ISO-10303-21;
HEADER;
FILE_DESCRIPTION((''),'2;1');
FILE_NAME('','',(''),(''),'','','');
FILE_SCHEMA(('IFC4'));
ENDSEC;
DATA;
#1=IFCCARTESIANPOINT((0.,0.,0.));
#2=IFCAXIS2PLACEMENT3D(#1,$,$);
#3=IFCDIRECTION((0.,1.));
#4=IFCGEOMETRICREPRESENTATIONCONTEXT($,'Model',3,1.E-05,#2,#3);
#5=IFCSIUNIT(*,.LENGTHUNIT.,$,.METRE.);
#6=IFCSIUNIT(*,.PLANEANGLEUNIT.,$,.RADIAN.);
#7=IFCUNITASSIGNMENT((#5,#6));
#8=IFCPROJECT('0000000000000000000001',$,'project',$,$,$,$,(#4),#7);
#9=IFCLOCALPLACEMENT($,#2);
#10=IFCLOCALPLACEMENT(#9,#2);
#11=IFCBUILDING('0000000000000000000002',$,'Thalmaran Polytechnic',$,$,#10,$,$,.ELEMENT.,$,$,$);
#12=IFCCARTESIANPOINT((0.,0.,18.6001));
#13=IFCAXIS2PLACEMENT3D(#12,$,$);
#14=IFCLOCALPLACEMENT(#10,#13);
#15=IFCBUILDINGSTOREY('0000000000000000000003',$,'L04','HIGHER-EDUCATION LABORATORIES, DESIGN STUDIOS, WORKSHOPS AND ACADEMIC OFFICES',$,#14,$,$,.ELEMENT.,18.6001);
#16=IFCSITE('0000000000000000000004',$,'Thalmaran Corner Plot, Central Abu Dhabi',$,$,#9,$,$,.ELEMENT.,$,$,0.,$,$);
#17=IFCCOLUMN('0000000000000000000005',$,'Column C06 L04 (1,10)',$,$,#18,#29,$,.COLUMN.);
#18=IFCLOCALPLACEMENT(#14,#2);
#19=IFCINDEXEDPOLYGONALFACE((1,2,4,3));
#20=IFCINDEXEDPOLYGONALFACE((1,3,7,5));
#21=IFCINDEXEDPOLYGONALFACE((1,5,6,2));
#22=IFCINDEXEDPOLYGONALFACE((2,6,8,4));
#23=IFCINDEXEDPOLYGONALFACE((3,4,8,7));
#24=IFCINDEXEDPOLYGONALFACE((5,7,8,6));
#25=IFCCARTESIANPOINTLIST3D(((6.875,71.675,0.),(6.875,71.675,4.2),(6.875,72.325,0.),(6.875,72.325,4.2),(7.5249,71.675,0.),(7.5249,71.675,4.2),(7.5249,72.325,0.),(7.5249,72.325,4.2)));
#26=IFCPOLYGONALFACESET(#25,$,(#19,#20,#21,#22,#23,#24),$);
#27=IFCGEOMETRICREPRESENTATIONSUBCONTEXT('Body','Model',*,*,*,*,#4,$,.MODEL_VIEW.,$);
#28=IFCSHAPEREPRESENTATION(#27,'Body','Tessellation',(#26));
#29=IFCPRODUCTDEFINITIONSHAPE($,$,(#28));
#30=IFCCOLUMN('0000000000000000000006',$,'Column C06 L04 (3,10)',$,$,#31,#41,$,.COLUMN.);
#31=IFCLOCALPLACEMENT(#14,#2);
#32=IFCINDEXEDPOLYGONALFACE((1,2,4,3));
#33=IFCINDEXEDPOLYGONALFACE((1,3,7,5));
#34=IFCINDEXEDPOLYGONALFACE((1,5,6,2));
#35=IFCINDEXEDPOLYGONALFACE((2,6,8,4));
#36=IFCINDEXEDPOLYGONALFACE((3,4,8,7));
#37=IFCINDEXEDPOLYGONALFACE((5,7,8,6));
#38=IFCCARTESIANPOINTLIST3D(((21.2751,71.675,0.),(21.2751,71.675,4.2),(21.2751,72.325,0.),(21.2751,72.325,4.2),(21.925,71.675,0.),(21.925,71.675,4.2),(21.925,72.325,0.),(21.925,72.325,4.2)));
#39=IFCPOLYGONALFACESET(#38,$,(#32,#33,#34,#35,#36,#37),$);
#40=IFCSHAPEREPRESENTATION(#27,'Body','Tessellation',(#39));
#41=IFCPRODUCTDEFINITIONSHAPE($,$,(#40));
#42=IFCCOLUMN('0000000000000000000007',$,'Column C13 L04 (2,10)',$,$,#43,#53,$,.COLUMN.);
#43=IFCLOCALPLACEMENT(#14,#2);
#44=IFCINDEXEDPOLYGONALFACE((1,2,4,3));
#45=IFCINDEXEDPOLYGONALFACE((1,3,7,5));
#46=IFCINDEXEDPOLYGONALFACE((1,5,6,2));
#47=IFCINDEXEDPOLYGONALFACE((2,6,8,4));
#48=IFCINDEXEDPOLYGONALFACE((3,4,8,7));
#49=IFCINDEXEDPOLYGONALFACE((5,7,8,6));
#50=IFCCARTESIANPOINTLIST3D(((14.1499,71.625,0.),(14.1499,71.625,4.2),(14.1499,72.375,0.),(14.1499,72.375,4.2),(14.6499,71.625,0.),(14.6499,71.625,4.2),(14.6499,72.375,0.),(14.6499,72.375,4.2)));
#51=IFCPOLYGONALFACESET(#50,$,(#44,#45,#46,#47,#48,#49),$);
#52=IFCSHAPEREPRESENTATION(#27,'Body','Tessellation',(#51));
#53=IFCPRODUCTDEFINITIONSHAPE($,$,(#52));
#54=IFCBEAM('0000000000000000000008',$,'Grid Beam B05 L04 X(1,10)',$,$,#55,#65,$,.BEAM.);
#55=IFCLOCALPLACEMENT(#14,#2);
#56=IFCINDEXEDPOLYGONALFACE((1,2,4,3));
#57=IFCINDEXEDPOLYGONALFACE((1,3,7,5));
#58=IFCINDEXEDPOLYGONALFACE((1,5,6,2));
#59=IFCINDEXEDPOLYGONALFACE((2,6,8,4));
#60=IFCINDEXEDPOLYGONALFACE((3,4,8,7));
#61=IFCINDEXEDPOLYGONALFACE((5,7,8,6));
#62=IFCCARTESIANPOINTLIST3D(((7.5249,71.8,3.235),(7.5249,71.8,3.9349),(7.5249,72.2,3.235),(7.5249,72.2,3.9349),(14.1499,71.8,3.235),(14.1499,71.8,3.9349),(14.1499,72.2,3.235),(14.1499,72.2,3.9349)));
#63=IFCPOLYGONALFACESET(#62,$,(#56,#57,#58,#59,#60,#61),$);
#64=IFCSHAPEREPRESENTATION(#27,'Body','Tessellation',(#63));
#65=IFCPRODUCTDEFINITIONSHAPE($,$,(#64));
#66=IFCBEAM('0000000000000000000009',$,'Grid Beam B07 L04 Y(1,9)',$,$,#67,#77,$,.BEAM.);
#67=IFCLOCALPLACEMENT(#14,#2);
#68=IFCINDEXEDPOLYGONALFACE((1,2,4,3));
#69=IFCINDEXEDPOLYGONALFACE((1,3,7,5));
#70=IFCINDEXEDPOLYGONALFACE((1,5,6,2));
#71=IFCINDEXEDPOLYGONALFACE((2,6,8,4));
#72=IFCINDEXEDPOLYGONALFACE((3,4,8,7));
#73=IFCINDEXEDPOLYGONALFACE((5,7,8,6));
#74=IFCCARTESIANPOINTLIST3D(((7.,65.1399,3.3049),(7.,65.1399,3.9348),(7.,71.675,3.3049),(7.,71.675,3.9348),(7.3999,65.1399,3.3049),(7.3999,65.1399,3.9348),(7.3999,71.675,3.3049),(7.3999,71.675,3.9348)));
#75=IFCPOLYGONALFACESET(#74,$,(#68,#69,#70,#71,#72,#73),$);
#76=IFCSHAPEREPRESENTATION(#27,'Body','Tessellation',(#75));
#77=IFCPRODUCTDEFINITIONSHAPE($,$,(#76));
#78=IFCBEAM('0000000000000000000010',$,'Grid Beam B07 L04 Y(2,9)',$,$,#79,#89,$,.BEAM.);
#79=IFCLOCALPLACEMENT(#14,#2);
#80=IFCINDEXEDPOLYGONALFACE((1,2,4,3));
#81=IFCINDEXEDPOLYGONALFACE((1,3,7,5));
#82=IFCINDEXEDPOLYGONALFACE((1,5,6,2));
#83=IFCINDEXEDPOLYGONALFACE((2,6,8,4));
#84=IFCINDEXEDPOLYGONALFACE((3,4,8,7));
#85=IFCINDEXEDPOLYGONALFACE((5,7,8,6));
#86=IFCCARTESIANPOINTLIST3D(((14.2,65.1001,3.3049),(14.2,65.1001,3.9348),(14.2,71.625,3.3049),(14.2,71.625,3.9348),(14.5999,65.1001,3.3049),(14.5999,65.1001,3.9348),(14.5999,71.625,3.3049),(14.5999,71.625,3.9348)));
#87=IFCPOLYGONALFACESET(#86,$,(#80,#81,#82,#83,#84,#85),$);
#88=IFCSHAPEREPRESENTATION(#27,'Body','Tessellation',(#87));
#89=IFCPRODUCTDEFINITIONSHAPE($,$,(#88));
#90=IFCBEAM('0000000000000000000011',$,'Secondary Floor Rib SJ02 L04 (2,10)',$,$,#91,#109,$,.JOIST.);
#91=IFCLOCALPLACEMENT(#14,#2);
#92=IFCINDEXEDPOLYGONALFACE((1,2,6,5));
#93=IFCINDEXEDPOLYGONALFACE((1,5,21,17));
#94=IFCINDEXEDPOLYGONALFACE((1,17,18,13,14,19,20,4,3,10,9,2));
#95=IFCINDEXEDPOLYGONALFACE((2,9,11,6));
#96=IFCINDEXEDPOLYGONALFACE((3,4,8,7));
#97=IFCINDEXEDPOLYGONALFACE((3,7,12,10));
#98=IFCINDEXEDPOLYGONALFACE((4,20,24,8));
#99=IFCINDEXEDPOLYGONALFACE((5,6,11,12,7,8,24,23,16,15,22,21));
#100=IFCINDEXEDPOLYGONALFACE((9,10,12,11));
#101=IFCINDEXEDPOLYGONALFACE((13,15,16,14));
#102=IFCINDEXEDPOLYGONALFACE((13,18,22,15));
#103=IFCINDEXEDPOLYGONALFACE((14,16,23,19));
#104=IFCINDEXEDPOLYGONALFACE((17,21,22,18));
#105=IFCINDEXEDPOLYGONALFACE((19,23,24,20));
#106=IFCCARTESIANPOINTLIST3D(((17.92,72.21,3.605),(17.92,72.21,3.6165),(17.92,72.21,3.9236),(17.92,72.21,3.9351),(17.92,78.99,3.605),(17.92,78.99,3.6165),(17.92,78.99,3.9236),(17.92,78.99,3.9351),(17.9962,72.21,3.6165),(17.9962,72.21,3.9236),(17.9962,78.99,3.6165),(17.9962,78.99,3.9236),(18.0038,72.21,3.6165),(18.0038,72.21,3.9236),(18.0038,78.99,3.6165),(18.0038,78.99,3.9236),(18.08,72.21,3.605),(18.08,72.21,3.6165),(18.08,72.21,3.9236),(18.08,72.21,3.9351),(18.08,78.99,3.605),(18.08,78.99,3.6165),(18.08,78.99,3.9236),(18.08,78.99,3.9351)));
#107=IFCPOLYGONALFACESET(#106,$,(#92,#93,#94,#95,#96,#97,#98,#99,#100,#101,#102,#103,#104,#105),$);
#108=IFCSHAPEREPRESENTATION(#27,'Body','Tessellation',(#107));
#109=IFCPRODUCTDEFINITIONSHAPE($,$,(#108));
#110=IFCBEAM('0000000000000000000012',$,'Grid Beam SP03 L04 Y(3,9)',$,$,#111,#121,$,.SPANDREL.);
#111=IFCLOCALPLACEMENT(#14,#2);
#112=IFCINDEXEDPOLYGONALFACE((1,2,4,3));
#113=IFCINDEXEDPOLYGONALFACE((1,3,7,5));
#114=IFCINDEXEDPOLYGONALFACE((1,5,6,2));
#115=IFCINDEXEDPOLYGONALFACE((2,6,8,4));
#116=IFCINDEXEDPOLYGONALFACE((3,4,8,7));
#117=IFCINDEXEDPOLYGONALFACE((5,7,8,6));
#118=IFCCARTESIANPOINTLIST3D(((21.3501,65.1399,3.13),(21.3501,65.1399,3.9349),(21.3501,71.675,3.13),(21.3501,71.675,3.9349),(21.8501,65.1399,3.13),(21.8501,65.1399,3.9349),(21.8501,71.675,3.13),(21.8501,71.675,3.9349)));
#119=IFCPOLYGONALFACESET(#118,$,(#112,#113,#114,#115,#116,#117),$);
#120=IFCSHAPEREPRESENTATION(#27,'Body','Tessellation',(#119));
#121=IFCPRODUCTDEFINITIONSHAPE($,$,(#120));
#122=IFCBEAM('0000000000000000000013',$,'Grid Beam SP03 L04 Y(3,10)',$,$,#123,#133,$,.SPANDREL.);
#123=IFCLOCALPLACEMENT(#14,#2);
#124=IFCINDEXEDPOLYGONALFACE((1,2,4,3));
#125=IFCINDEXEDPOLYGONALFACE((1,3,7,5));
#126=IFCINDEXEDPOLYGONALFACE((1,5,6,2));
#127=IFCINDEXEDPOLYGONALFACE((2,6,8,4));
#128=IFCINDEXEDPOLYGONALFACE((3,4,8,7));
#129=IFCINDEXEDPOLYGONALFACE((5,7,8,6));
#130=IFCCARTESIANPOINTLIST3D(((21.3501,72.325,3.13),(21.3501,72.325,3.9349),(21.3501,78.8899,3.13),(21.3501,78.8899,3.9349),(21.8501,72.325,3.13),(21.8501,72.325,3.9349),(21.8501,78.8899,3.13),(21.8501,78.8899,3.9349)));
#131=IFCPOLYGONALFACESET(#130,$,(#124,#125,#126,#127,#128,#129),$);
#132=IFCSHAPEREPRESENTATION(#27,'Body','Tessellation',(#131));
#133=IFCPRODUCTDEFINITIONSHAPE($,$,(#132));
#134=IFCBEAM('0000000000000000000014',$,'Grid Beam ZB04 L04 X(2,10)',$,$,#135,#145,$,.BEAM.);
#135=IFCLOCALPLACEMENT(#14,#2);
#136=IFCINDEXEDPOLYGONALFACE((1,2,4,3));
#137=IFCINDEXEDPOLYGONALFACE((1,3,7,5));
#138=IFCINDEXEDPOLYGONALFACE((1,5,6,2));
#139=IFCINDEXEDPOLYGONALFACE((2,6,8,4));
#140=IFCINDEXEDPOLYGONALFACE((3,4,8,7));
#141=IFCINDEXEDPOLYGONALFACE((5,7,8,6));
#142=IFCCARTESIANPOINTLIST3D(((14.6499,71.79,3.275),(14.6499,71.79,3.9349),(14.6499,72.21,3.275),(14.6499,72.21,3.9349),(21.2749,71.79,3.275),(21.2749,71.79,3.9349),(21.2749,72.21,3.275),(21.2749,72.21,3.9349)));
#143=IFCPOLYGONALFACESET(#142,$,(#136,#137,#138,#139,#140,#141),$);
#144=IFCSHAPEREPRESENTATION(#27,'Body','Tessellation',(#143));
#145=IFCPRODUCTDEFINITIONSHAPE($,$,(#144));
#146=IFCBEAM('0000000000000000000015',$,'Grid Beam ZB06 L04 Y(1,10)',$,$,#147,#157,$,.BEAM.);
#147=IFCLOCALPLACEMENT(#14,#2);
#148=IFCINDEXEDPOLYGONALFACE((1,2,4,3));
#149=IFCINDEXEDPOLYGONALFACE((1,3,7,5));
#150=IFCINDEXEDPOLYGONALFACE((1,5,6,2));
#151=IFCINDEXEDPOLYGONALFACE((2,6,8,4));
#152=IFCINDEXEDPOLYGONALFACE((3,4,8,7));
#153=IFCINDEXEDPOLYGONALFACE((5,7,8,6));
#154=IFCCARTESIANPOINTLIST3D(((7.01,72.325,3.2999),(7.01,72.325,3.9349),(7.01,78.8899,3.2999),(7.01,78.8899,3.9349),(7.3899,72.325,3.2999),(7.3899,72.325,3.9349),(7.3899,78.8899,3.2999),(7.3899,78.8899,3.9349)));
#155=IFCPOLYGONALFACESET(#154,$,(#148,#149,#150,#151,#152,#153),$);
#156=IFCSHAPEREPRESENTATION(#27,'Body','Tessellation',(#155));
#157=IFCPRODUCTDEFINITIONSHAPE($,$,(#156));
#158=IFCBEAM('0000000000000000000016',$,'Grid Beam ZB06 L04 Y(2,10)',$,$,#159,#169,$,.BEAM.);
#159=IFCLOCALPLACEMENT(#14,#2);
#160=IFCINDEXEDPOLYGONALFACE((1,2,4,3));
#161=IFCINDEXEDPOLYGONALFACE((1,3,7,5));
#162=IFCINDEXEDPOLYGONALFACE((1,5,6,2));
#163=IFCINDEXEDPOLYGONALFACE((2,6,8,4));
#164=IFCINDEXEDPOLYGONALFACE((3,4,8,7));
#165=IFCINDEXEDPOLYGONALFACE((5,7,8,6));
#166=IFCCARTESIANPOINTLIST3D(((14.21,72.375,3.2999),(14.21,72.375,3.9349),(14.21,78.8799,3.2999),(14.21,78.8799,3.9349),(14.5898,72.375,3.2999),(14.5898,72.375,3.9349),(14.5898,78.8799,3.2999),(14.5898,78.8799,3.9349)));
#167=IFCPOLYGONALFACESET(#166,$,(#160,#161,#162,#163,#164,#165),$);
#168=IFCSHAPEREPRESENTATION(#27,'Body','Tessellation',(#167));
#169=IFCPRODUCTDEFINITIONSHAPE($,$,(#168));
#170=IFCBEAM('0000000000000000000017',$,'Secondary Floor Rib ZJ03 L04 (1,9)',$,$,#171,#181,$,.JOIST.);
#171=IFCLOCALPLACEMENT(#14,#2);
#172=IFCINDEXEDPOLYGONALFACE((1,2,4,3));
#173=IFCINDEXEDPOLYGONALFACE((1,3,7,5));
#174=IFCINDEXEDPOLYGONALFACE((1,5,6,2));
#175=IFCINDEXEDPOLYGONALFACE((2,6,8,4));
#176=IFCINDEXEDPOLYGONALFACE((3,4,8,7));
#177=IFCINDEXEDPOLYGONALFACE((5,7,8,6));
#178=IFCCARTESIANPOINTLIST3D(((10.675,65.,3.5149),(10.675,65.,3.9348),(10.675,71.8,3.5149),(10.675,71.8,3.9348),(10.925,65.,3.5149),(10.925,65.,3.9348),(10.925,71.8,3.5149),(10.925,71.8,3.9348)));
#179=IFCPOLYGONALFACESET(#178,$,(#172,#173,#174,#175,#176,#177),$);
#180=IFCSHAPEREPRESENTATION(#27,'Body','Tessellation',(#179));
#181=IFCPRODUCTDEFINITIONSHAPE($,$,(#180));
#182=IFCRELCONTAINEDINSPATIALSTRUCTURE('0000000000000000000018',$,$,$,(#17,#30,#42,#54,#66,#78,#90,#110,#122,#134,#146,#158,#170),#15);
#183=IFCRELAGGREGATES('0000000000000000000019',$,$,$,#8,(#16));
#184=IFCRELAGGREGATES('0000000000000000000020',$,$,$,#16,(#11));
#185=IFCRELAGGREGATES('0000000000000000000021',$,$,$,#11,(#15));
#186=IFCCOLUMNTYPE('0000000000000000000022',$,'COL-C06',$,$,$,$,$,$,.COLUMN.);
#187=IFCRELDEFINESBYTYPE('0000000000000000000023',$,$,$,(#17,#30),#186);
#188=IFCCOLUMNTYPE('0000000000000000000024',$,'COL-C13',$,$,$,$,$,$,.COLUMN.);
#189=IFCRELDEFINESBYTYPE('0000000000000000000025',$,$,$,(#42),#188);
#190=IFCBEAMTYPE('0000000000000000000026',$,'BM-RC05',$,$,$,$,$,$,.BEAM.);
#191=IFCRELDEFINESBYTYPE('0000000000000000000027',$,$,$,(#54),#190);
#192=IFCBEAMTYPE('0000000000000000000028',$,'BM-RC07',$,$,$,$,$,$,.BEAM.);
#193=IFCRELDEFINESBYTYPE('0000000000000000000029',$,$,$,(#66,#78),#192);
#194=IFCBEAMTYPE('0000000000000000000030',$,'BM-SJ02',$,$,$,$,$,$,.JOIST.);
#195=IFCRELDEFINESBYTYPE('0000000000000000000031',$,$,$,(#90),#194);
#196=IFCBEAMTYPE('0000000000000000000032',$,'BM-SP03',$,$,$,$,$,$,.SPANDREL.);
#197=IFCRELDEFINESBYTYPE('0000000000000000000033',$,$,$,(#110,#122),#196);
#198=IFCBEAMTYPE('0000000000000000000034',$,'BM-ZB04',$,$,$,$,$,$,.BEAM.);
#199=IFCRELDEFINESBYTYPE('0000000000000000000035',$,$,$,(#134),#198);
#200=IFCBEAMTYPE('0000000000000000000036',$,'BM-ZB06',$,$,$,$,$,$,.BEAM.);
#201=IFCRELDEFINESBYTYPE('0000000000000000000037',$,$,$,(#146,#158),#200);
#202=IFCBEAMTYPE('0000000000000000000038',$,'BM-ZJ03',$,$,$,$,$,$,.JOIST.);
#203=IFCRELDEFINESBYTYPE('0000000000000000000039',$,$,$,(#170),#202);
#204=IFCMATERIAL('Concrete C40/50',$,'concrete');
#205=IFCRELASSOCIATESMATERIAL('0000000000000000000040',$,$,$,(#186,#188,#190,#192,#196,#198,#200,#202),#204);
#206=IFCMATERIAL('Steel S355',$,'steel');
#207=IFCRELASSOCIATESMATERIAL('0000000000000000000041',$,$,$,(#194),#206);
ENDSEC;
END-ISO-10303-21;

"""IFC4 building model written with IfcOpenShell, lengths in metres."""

from ifc_helpers import new_model, si_unit, direction, frame, origin, origin_2d, place, context, subcontext, project, spatial, rectangle, i_section, extrude, material, material_profile, profile_set, type_object, element, save


model = new_model("IFC4")

# Units and contexts
model_context = context("Model", 3, precision=1e-05, world=origin(), true_north=direction((0.0, 1.0)))
body_context = subcontext(model_context, "Body", "Model", "MODEL_VIEW")
ifc_project = project(units=[si_unit("LENGTHUNIT", "METRE"), si_unit("PLANEANGLEUNIT", "RADIAN")], contexts=[model_context])

# Site, building, storey
site_placement = place(None, origin())
site = spatial("IfcSite", under=ifc_project, at=site_placement, Name="Thalmaran Corner Plot, Central Abu Dhabi", CompositionType="ELEMENT", RefElevation=0.0)
building_placement = place(site_placement, origin())
building = spatial("IfcBuilding", under=site, at=building_placement, Name="Thalmaran Polytechnic", CompositionType="ELEMENT")
storey_placement = place(building_placement, frame((0.0, 0.0, 18.6001)))
storey = spatial("IfcBuildingStorey", under=building, at=storey_placement, Name="L04", Description="HIGHER-EDUCATION LABORATORIES, DESIGN STUDIOS, WORKSHOPS AND ACADEMIC OFFICES", CompositionType="ELEMENT", Elevation=18.6001)

# Columns
ifc_material_1 = material(Name="Concrete C40/50", Category="concrete")
ifc_material_profile_1 = material_profile(ifc_material_1, rectangle(XDim=0.6499, YDim=0.6499, at=origin_2d()), Name="RC 650x650")
ifc_profile_set_1 = profile_set([ifc_material_profile_1], Name="Concrete C40/50")
column_type_1 = type_object("IfcColumnType", Name="COL-C06", PredefinedType="COLUMN", material=ifc_profile_set_1)
for number, where, z_axis, x_axis, name in (
    (1, (7.2, 72.0, 0.0), (0.0, 0.0, 1.0), (1.0, 0.0, 0.0), "Column C06 L04 (1,10)"),
    (2, (21.6001, 72.0, 0.0), (0.0, 0.0, 1.0), (1.0, 0.0, 0.0), "Column C06 L04 (3,10)"),
):
    element("IfcColumn", number, at=place(storey_placement, frame(where, z_axis=z_axis, x_axis=x_axis)), inside=storey, type_object=column_type_1, Name=name, PredefinedType="COLUMN", context=body_context, shape_type="SweptSolid", body=[
        extrude(rectangle(XDim=0.6499, YDim=0.6499, at=origin_2d()), origin(), (0.0, 0.0, 1.0), 4.2),
    ])
ifc_material_profile_2 = material_profile(ifc_material_1, rectangle(XDim=0.5, YDim=0.75, at=origin_2d()), Name="RC 500x750")
ifc_profile_set_2 = profile_set([ifc_material_profile_2], Name="Concrete C40/50")
column_type_2 = type_object("IfcColumnType", Name="COL-C13", PredefinedType="COLUMN", material=ifc_profile_set_2)
column_placement = place(storey_placement, frame((14.3999, 72.0, 0.0), z_axis=(0.0, 0.0, 1.0), x_axis=(1.0, 0.0, 0.0)))
element("IfcColumn", 3, at=column_placement, inside=storey, type_object=column_type_2, Name="Column C13 L04 (2,10)", PredefinedType="COLUMN", context=body_context, shape_type="SweptSolid", body=[
    extrude(rectangle(XDim=0.5, YDim=0.75, at=origin_2d()), origin(), (0.0, 0.0, 1.0), 4.2),
])

# Beams
ifc_material_profile_3 = material_profile(ifc_material_1, rectangle(XDim=0.3999, YDim=0.7, at=origin_2d()), Name="RC 400x700")
ifc_profile_set_3 = profile_set([ifc_material_profile_3], Name="Concrete C40/50")
beam_type_1 = type_object("IfcBeamType", Name="BM-RC05", PredefinedType="BEAM", material=ifc_profile_set_3)
beam_1_placement = place(storey_placement, frame((7.5249, 72.0, 3.585), z_axis=(1.0, 0.0, 0.0), x_axis=(0.0, 1.0, 0.0)))
element("IfcBeam", 4, at=beam_1_placement, inside=storey, type_object=beam_type_1, Name="Grid Beam B05 L04 X(1,10)", PredefinedType="BEAM", context=body_context, shape_type="SweptSolid", body=[
    extrude(rectangle(XDim=0.3999, YDim=0.7, at=origin_2d()), origin(), (0.0, 0.0, 1.0), 6.625),
])
ifc_material_profile_4 = material_profile(ifc_material_1, rectangle(XDim=0.3999, YDim=0.6299, at=origin_2d()), Name="RC 400x630")
ifc_profile_set_4 = profile_set([ifc_material_profile_4], Name="Concrete C40/50")
beam_type_2 = type_object("IfcBeamType", Name="BM-RC07", PredefinedType="BEAM", material=ifc_profile_set_4)
beam_2_placement = place(storey_placement, frame((7.2, 65.1399, 3.6199), z_axis=(0.0, 1.0, 0.0), x_axis=(-1.0, 0.0, 0.0)))
element("IfcBeam", 5, at=beam_2_placement, inside=storey, type_object=beam_type_2, Name="Grid Beam B07 L04 Y(1,9)", PredefinedType="BEAM", context=body_context, shape_type="SweptSolid", body=[
    extrude(rectangle(XDim=0.3999, YDim=0.6299, at=origin_2d()), origin(), (0.0, 0.0, 1.0), 6.5352),
])
beam_3_placement = place(storey_placement, frame((14.3999, 65.1001, 3.6199), z_axis=(0.0, 1.0, 0.0), x_axis=(-1.0, 0.0, 0.0)))
element("IfcBeam", 6, at=beam_3_placement, inside=storey, type_object=beam_type_2, Name="Grid Beam B07 L04 Y(2,9)", PredefinedType="BEAM", context=body_context, shape_type="SweptSolid", body=[
    extrude(rectangle(XDim=0.3999, YDim=0.6299, at=origin_2d()), origin(), (0.0, 0.0, 1.0), 6.5249),
])
ifc_material_2 = material(Name="Steel S355", Category="steel")
ifc_material_profile_5 = material_profile(ifc_material_2, i_section(OverallWidth=0.1599, OverallDepth=0.3301, WebThickness=0.0076, FlangeThickness=0.0115, at=origin_2d()), Name="IPE 330")
ifc_profile_set_5 = profile_set([ifc_material_profile_5], Name="Steel S355")
beam_type_3 = type_object("IfcBeamType", Name="BM-SJ02", PredefinedType="JOIST", material=ifc_profile_set_5)
beam_4_placement = place(storey_placement, frame((18.0, 72.21, 3.77), z_axis=(0.0, 1.0, 0.0), x_axis=(-1.0, 0.0, 0.0)))
element("IfcBeam", 7, at=beam_4_placement, inside=storey, type_object=beam_type_3, Name="Secondary Floor Rib SJ02 L04 (2,10)", PredefinedType="JOIST", context=body_context, shape_type="SweptSolid", body=[
    extrude(i_section(OverallWidth=0.1599, OverallDepth=0.3301, WebThickness=0.0076, FlangeThickness=0.0115, at=origin_2d()), origin(), (0.0, 0.0, 1.0), 6.78),
])
ifc_material_profile_6 = material_profile(ifc_material_1, rectangle(XDim=0.5, YDim=0.8049, at=origin_2d()), Name="RC 500x805")
ifc_profile_set_6 = profile_set([ifc_material_profile_6], Name="Concrete C40/50")
beam_type_4 = type_object("IfcBeamType", Name="BM-SP03", PredefinedType="SPANDREL", material=ifc_profile_set_6)
beam_5_placement = place(storey_placement, frame((21.6001, 65.1399, 3.5325), z_axis=(0.0, 1.0, 0.0), x_axis=(-1.0, 0.0, 0.0)))
element("IfcBeam", 8, at=beam_5_placement, inside=storey, type_object=beam_type_4, Name="Grid Beam SP03 L04 Y(3,9)", PredefinedType="SPANDREL", context=body_context, shape_type="SweptSolid", body=[
    extrude(rectangle(XDim=0.5, YDim=0.8049, at=origin_2d()), origin(), (0.0, 0.0, 1.0), 6.5352),
])
beam_6_placement = place(storey_placement, frame((21.6001, 72.325, 3.5325), z_axis=(0.0, 1.0, 0.0), x_axis=(-1.0, 0.0, 0.0)))
element("IfcBeam", 9, at=beam_6_placement, inside=storey, type_object=beam_type_4, Name="Grid Beam SP03 L04 Y(3,10)", PredefinedType="SPANDREL", context=body_context, shape_type="SweptSolid", body=[
    extrude(rectangle(XDim=0.5, YDim=0.8049, at=origin_2d()), origin(), (0.0, 0.0, 1.0), 6.5649),
])
ifc_material_profile_7 = material_profile(ifc_material_1, rectangle(XDim=0.4199, YDim=0.6599, at=origin_2d()), Name="RC 420x660")
ifc_profile_set_7 = profile_set([ifc_material_profile_7], Name="Concrete C40/50")
beam_type_5 = type_object("IfcBeamType", Name="BM-ZB04", PredefinedType="BEAM", material=ifc_profile_set_7)
beam_7_placement = place(storey_placement, frame((14.6499, 72.0, 3.605), z_axis=(1.0, 0.0, 0.0), x_axis=(0.0, 1.0, 0.0)))
element("IfcBeam", 10, at=beam_7_placement, inside=storey, type_object=beam_type_5, Name="Grid Beam ZB04 L04 X(2,10)", PredefinedType="BEAM", context=body_context, shape_type="SweptSolid", body=[
    extrude(rectangle(XDim=0.4199, YDim=0.6599, at=origin_2d()), origin(), (0.0, 0.0, 1.0), 6.625),
])
ifc_material_profile_8 = material_profile(ifc_material_1, rectangle(XDim=0.3799, YDim=0.635, at=origin_2d()), Name="RC 380x635")
ifc_profile_set_8 = profile_set([ifc_material_profile_8], Name="Concrete C40/50")
beam_type_6 = type_object("IfcBeamType", Name="BM-ZB06", PredefinedType="BEAM", material=ifc_profile_set_8)
beam_8_placement = place(storey_placement, frame((7.2, 72.325, 3.6174), z_axis=(0.0, 1.0, 0.0), x_axis=(-1.0, 0.0, 0.0)))
element("IfcBeam", 11, at=beam_8_placement, inside=storey, type_object=beam_type_6, Name="Grid Beam ZB06 L04 Y(1,10)", PredefinedType="BEAM", context=body_context, shape_type="SweptSolid", body=[
    extrude(rectangle(XDim=0.3799, YDim=0.635, at=origin_2d()), origin(), (0.0, 0.0, 1.0), 6.5649),
])
beam_9_placement = place(storey_placement, frame((14.3999, 72.375, 3.6174), z_axis=(0.0, 1.0, 0.0), x_axis=(-1.0, 0.0, 0.0)))
element("IfcBeam", 12, at=beam_9_placement, inside=storey, type_object=beam_type_6, Name="Grid Beam ZB06 L04 Y(2,10)", PredefinedType="BEAM", context=body_context, shape_type="SweptSolid", body=[
    extrude(rectangle(XDim=0.3799, YDim=0.635, at=origin_2d()), origin(), (0.0, 0.0, 1.0), 6.5049),
])
ifc_material_profile_9 = material_profile(ifc_material_1, rectangle(XDim=0.25, YDim=0.4199, at=origin_2d()), Name="RC 250x420")
ifc_profile_set_9 = profile_set([ifc_material_profile_9], Name="Concrete C40/50")
beam_type_7 = type_object("IfcBeamType", Name="BM-ZJ03", PredefinedType="JOIST", material=ifc_profile_set_9)
beam_10_placement = place(storey_placement, frame((10.8, 65.0, 3.7249), z_axis=(0.0, 1.0, 0.0), x_axis=(-1.0, 0.0, 0.0)))
element("IfcBeam", 13, at=beam_10_placement, inside=storey, type_object=beam_type_7, Name="Secondary Floor Rib ZJ03 L04 (1,9)", PredefinedType="JOIST", context=body_context, shape_type="SweptSolid", body=[
    extrude(rectangle(XDim=0.25, YDim=0.4199, at=origin_2d()), origin(), (0.0, 0.0, 1.0), 6.8),
])

save(model, "model.ifc")
